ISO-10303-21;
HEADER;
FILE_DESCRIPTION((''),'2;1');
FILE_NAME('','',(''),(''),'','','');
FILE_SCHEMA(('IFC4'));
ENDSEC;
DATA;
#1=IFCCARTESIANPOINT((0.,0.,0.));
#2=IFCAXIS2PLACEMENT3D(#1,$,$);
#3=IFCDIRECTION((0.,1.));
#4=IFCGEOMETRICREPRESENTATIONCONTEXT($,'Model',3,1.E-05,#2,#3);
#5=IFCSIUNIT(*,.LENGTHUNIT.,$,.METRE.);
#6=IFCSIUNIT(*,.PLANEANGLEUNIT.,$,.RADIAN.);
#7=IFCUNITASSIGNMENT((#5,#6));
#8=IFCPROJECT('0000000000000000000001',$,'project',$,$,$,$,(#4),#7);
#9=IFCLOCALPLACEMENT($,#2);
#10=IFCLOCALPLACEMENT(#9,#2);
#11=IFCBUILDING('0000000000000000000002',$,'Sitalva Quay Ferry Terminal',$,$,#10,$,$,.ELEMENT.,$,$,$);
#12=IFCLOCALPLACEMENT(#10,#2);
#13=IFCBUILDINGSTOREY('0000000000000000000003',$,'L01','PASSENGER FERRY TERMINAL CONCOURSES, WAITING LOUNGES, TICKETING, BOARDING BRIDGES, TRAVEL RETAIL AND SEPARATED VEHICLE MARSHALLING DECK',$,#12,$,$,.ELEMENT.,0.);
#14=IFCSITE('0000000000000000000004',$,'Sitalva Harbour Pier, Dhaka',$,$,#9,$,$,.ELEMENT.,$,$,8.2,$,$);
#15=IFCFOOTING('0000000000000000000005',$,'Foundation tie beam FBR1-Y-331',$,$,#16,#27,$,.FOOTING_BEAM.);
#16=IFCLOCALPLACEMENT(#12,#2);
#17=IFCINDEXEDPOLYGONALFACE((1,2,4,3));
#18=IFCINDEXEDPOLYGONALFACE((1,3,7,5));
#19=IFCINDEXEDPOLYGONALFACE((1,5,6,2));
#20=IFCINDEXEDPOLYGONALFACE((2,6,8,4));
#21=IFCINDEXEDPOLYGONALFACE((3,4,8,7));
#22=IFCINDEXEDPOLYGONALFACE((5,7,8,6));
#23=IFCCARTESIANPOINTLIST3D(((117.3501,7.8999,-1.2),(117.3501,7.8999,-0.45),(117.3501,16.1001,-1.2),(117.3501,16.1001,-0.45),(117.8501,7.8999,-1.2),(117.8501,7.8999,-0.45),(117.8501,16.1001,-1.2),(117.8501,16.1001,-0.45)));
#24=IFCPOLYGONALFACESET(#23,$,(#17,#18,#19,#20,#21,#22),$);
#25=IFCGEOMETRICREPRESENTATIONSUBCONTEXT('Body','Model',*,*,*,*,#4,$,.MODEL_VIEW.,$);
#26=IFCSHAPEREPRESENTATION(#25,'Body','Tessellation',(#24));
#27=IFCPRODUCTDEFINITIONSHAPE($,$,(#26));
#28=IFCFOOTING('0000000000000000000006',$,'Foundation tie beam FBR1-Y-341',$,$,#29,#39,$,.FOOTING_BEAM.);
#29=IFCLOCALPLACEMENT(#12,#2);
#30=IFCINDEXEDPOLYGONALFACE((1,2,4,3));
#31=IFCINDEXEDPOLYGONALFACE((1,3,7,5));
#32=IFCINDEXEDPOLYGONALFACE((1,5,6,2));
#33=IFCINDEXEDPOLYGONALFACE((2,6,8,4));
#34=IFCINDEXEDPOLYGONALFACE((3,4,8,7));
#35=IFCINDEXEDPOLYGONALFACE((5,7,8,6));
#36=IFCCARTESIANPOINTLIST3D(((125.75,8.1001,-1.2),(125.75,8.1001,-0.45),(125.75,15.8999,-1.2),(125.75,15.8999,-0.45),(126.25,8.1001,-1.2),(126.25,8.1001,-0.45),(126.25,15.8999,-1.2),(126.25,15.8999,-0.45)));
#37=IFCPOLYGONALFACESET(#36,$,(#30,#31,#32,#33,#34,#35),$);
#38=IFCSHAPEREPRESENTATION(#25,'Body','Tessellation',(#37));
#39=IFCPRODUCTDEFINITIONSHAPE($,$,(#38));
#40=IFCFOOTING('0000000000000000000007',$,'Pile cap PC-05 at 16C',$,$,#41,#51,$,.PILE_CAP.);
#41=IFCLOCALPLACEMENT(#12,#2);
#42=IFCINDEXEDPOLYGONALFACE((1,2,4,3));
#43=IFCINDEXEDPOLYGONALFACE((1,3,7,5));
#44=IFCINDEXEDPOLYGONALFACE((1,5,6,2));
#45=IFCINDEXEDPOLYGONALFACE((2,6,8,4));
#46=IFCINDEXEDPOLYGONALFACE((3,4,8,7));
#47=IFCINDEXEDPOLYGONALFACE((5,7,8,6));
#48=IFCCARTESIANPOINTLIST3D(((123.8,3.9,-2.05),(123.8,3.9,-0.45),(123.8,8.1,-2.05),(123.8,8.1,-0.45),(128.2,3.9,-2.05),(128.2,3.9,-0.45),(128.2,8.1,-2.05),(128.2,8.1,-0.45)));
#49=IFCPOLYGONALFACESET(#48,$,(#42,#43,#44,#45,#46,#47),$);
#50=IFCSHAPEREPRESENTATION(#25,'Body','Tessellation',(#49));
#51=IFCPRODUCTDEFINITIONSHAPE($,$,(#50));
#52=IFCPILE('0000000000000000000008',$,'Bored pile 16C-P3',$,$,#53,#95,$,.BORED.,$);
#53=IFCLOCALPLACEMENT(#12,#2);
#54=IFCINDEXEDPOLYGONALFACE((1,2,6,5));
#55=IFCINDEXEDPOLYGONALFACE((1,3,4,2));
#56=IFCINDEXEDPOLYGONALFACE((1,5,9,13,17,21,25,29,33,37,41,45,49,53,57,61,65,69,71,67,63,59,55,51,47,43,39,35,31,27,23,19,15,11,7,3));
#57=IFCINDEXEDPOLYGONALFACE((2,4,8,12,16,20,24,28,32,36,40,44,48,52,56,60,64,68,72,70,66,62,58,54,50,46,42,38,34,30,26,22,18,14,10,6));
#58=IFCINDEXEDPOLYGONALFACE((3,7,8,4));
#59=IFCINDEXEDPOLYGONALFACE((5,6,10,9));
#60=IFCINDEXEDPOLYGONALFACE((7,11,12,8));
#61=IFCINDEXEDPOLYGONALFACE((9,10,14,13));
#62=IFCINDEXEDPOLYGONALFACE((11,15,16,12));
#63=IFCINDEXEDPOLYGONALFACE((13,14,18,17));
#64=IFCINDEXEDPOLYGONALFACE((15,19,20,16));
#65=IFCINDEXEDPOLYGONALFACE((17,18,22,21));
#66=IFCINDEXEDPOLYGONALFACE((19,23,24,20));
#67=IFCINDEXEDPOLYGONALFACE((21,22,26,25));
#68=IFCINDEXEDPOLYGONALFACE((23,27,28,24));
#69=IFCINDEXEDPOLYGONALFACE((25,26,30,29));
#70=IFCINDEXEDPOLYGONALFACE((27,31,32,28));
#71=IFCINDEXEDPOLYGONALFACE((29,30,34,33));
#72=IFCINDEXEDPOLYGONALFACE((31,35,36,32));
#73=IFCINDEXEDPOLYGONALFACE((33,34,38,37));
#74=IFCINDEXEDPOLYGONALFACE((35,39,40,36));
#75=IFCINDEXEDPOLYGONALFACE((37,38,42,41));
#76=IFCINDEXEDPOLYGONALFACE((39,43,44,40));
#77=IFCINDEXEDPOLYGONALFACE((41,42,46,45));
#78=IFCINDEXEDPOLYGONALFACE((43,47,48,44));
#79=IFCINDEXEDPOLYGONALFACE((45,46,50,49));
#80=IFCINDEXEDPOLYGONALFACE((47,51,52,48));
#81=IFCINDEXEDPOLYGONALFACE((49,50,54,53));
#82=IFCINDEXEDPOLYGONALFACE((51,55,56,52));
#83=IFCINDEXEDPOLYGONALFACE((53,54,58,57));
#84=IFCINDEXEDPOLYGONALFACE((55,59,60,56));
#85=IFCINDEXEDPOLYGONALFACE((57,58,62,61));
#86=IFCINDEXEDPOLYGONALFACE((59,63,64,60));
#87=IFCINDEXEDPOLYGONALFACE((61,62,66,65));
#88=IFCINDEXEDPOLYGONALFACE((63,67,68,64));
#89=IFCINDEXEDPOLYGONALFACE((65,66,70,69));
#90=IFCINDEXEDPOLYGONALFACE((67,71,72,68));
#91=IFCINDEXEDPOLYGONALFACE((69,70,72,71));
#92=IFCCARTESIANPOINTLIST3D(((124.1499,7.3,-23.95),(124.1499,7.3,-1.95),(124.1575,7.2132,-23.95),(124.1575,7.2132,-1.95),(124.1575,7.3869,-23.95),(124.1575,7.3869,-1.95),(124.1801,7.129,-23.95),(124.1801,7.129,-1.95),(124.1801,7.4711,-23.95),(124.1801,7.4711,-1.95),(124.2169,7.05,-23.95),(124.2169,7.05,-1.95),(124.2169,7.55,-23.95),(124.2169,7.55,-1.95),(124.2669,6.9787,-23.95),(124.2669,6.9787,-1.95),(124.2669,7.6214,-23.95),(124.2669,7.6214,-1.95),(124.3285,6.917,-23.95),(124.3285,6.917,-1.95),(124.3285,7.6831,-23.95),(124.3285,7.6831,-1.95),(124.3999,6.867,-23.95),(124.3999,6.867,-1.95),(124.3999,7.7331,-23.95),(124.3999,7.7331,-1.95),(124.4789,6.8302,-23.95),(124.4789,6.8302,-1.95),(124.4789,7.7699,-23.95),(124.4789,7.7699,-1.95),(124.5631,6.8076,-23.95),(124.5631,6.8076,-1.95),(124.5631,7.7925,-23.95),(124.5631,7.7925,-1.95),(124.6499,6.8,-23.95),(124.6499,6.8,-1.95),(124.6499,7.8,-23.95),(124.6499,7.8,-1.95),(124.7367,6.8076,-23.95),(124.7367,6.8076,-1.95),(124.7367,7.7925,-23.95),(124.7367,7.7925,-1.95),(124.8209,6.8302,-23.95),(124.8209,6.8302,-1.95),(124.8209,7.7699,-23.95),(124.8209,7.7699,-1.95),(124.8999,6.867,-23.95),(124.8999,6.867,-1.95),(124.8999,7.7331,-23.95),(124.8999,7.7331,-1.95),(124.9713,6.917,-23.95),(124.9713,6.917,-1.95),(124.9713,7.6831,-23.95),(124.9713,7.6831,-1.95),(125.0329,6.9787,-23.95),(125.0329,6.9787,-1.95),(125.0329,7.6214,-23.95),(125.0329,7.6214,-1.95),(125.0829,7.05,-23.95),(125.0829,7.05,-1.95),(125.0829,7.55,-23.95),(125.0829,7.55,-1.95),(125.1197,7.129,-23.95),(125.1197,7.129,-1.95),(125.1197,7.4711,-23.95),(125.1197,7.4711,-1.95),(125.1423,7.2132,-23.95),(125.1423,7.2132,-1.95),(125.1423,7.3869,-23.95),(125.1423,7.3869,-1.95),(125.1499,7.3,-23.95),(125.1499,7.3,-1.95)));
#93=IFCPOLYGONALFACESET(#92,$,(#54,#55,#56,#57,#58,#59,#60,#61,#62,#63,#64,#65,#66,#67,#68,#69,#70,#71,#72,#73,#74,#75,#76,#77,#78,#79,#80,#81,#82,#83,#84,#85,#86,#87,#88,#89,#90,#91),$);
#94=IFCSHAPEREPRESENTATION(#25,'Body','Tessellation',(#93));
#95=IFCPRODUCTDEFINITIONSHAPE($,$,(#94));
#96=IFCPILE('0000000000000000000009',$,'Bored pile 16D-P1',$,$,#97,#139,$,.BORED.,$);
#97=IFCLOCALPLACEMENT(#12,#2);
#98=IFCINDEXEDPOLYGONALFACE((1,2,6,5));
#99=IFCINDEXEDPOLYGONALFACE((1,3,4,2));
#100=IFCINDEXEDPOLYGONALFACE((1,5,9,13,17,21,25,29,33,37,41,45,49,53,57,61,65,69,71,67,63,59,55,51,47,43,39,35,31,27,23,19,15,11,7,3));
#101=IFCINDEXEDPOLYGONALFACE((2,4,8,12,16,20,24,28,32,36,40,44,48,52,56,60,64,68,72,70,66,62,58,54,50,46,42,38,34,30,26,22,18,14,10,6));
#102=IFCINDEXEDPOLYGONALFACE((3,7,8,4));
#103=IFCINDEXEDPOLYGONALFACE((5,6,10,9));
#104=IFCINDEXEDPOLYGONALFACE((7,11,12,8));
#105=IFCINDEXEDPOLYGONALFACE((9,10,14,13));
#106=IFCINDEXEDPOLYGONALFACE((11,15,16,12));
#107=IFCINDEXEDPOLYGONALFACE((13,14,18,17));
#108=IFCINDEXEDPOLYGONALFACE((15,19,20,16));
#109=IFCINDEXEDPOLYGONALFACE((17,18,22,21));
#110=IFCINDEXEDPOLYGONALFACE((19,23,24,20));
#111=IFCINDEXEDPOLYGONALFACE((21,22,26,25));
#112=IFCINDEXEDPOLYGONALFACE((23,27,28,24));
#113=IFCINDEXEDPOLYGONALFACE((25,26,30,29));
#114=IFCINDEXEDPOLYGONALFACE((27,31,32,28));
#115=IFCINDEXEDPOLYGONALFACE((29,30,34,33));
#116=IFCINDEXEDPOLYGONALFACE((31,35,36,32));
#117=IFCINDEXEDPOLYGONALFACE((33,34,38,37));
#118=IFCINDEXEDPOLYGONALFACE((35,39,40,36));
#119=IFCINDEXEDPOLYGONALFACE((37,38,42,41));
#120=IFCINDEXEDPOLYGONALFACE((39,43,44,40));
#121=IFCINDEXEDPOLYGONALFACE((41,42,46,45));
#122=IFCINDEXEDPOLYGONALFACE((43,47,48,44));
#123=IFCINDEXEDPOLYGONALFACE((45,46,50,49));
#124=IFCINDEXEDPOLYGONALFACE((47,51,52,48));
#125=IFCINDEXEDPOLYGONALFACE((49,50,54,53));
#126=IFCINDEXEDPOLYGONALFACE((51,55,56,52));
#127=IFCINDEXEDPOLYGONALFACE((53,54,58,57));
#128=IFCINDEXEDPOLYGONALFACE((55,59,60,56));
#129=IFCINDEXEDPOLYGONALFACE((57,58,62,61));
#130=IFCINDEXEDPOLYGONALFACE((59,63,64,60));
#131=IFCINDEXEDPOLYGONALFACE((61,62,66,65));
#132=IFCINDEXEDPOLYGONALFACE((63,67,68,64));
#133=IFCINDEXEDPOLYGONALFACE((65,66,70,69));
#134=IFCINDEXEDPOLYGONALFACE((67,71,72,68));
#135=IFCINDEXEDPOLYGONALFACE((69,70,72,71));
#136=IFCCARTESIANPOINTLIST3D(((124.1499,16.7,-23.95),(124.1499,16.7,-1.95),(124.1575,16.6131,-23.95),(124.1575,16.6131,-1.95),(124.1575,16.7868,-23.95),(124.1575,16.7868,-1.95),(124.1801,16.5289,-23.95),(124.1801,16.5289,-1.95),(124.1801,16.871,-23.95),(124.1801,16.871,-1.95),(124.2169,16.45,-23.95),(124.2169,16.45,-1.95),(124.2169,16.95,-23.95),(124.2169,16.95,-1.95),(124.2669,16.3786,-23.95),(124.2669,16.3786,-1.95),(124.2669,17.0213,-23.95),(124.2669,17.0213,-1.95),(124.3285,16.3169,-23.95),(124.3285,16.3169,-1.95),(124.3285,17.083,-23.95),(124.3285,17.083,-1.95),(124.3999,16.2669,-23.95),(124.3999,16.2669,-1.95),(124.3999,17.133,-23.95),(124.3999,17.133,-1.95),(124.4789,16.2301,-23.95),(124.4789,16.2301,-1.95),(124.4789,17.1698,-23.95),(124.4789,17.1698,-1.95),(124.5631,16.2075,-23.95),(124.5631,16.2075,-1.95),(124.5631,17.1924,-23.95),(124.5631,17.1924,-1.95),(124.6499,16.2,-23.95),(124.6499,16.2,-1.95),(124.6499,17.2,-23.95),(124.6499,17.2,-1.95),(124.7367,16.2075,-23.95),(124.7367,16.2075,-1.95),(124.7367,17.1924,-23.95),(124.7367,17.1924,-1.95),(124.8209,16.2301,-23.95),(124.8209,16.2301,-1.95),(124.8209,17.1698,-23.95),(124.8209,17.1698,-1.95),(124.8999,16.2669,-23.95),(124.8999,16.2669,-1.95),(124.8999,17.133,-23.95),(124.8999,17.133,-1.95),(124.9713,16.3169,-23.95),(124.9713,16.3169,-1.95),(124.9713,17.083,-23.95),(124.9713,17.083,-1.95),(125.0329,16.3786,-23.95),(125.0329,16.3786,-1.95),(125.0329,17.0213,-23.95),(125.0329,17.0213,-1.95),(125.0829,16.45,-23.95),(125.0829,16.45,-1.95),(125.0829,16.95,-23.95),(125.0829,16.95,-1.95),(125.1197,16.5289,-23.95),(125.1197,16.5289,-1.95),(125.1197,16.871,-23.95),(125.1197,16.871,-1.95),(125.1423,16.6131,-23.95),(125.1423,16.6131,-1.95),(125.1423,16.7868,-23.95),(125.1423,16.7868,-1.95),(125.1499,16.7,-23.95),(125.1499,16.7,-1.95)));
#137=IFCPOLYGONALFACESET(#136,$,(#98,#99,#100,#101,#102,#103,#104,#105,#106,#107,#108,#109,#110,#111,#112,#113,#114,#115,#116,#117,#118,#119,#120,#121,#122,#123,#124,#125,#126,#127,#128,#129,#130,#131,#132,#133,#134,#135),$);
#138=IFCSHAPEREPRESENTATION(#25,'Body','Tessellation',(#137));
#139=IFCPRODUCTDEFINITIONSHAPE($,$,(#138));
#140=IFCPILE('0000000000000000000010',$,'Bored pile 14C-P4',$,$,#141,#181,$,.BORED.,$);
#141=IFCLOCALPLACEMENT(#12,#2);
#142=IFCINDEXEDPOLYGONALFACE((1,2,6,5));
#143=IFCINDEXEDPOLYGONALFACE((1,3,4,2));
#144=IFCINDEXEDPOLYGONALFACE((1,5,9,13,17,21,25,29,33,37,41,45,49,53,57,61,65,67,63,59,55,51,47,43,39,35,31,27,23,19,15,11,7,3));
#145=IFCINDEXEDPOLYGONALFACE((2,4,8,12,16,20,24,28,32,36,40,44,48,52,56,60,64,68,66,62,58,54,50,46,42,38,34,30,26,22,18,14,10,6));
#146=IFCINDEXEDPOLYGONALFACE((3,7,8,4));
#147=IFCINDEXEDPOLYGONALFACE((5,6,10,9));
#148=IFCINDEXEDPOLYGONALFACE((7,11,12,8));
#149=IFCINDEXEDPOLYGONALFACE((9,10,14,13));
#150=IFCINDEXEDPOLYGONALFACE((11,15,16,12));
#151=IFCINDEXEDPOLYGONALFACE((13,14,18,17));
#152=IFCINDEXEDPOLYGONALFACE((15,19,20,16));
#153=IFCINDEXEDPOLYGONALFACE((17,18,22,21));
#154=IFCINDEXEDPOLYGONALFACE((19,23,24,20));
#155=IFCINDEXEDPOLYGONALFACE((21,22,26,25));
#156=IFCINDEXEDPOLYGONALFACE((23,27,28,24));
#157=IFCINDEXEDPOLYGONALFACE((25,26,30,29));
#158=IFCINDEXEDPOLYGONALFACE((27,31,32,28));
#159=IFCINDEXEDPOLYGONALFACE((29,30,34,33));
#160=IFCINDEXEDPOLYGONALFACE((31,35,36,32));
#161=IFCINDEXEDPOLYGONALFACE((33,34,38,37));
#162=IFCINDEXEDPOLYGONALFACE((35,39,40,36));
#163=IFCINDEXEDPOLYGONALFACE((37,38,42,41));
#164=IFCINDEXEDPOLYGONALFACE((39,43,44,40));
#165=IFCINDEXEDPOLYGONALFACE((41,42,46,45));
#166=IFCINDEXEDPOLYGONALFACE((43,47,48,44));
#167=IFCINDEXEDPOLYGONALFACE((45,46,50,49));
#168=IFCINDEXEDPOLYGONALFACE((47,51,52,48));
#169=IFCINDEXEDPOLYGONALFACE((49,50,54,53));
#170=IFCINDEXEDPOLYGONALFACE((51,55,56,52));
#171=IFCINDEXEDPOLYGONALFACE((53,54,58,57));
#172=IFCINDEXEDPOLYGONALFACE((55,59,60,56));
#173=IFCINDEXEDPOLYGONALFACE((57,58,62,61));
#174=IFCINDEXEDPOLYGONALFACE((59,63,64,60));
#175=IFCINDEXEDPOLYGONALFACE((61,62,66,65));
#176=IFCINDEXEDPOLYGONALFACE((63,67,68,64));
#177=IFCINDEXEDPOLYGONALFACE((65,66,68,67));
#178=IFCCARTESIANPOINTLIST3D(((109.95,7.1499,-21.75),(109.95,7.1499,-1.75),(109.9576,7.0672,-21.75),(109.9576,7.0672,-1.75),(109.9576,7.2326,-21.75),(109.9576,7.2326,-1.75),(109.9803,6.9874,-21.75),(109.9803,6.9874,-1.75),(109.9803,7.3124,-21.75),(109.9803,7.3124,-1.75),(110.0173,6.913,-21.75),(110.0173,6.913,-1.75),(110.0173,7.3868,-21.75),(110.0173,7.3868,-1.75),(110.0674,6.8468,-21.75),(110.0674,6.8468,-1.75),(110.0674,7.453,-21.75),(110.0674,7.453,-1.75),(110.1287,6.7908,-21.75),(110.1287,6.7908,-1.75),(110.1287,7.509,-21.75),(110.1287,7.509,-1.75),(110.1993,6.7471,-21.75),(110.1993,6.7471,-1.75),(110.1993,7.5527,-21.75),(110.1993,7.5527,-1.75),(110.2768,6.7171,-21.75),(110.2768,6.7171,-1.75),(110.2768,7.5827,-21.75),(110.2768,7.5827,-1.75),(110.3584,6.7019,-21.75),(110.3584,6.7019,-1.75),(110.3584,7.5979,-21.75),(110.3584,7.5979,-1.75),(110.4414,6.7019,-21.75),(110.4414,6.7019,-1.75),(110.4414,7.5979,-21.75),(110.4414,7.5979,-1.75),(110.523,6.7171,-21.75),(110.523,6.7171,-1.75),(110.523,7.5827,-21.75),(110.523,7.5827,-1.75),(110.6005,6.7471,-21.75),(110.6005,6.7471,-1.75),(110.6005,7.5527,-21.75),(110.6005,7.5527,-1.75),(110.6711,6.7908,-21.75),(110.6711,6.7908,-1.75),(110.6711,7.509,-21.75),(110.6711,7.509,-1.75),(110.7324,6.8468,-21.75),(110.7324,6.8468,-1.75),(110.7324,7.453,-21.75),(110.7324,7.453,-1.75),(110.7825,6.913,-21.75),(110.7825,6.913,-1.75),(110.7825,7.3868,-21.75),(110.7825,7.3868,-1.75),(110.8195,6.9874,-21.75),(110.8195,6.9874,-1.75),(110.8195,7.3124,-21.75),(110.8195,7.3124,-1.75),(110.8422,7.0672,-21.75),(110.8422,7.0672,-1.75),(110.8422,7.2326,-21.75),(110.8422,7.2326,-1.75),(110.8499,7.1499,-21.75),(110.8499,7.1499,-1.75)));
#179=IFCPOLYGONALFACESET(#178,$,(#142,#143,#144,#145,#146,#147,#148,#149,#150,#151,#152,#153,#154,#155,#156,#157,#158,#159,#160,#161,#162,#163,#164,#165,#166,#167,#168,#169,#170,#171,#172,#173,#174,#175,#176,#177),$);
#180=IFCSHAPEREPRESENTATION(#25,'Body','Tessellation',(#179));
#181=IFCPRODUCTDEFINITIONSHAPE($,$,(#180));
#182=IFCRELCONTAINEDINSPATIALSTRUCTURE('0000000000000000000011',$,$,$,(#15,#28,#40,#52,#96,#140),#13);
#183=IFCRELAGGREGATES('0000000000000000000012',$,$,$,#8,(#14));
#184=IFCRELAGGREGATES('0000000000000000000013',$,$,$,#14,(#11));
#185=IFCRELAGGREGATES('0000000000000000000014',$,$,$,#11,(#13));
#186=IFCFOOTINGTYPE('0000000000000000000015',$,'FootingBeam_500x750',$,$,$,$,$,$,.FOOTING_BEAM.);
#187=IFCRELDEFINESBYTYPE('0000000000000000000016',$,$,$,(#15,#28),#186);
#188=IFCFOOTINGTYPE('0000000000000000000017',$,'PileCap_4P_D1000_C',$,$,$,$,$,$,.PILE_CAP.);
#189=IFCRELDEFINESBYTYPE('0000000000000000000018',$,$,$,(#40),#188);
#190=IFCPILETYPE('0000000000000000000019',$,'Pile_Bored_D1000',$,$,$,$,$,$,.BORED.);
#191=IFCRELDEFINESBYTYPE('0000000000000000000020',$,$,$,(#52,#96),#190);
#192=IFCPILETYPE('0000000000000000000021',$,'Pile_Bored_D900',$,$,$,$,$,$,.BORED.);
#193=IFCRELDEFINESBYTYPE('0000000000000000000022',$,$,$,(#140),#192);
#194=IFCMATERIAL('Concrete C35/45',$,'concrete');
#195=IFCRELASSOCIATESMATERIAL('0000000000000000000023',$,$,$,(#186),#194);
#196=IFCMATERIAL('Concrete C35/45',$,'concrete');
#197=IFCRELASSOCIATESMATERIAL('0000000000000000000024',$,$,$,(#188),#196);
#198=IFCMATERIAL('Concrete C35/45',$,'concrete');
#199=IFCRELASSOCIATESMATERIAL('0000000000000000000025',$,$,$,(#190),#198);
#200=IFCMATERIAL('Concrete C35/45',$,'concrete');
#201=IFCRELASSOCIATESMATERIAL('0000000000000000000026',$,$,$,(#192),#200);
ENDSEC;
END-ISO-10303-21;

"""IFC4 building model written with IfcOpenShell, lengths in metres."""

from ifc_helpers import new_model, si_unit, direction, frame, origin, origin_2d, place, context, subcontext, project, spatial, rectangle, circle, extrude, material, material_profile, profile_set, type_object, element, save


model = new_model("IFC4")

# Units and contexts
model_context = context("Model", 3, precision=1e-05, world=origin(), true_north=direction((0.0, 1.0)))
body_context = subcontext(model_context, "Body", "Model", "MODEL_VIEW")
ifc_project = project(units=[si_unit("LENGTHUNIT", "METRE"), si_unit("PLANEANGLEUNIT", "RADIAN")], contexts=[model_context])

# Site, building, storey
site_placement = place(None, origin())
site = spatial("IfcSite", under=ifc_project, at=site_placement, Name="Sitalva Harbour Pier, Dhaka", CompositionType="ELEMENT", RefElevation=8.2)
building_placement = place(site_placement, origin())
building = spatial("IfcBuilding", under=site, at=building_placement, Name="Sitalva Quay Ferry Terminal", CompositionType="ELEMENT")
storey_placement = place(building_placement, origin())
storey = spatial("IfcBuildingStorey", under=building, at=storey_placement, Name="L01", Description="PASSENGER FERRY TERMINAL CONCOURSES, WAITING LOUNGES, TICKETING, BOARDING BRIDGES, TRAVEL RETAIL AND SEPARATED VEHICLE MARSHALLING DECK", CompositionType="ELEMENT", Elevation=0.0)

# Footings
ifc_material_1 = material(Name="Concrete C35/45", Category="concrete")
ifc_material_profile_1 = material_profile(ifc_material_1, rectangle(XDim=0.5, YDim=0.75, at=origin_2d()), Name="RC500x750")
ifc_profile_set_1 = profile_set([ifc_material_profile_1], Name="Concrete C35/45")
footing_type_1 = type_object("IfcFootingType", Name="FootingBeam_500x750", PredefinedType="FOOTING_BEAM", material=ifc_profile_set_1)
footing_1_placement = place(storey_placement, frame((117.6001, 7.8999, -0.825), z_axis=(0.0, 1.0, 0.0), x_axis=(-1.0, 0.0, 0.0)))
element("IfcFooting", 1, at=footing_1_placement, inside=storey, type_object=footing_type_1, Name="Foundation tie beam FBR1-Y-331", PredefinedType="FOOTING_BEAM", context=body_context, shape_type="SweptSolid", body=[
    extrude(rectangle(XDim=0.5, YDim=0.75, at=origin_2d()), origin(), (0.0, 0.0, 1.0), 8.2002),
])
footing_2_placement = place(storey_placement, frame((126.0, 8.1001, -0.825), z_axis=(0.0, 1.0, 0.0), x_axis=(-1.0, 0.0, 0.0)))
element("IfcFooting", 2, at=footing_2_placement, inside=storey, type_object=footing_type_1, Name="Foundation tie beam FBR1-Y-341", PredefinedType="FOOTING_BEAM", context=body_context, shape_type="SweptSolid", body=[
    extrude(rectangle(XDim=0.5, YDim=0.75, at=origin_2d()), origin(), (0.0, 0.0, 1.0), 7.7998),
])
ifc_material_2 = material(Name="Concrete C35/45", Category="concrete")
footing_type_2 = type_object("IfcFootingType", Name="PileCap_4P_D1000_C", PredefinedType="PILE_CAP", material=ifc_material_2)
footing_3_placement = place(storey_placement, frame((126.0, 6.0, -2.05), z_axis=(0.0, 0.0, 1.0), x_axis=(1.0, 0.0, 0.0)))
element("IfcFooting", 3, at=footing_3_placement, inside=storey, type_object=footing_type_2, Name="Pile cap PC-05 at 16C", PredefinedType="PILE_CAP", context=body_context, shape_type="SweptSolid", body=[
    extrude(rectangle(XDim=4.3999, YDim=4.2, at=origin_2d()), origin(), (0.0, 0.0, 1.0), 1.6001),
])

# Piles
ifc_material_3 = material(Name="Concrete C35/45", Category="concrete")
ifc_material_profile_2 = material_profile(ifc_material_3, circle(Radius=0.5, at=origin_2d()), Name="PILE-D1000")
ifc_profile_set_2 = profile_set([ifc_material_profile_2], Name="Concrete C35/45")
pile_type_1 = type_object("IfcPileType", Name="Pile_Bored_D1000", PredefinedType="BORED", material=ifc_profile_set_2)
for number, where, z_axis, x_axis, name in (
    (4, (124.6499, 7.3, -1.95), (0.0, 0.0, -1.0), (1.0, 0.0, 0.0), "Bored pile 16C-P3"),
    (5, (124.6499, 16.7, -1.95), (0.0, 0.0, -1.0), (1.0, 0.0, 0.0), "Bored pile 16D-P1"),
):
    element("IfcPile", number, at=place(storey_placement, frame(where, z_axis=z_axis, x_axis=x_axis)), inside=storey, type_object=pile_type_1, Name=name, PredefinedType="BORED", context=body_context, shape_type="SweptSolid", body=[
        extrude(circle(Radius=0.5, at=origin_2d()), origin(), (0.0, 0.0, 1.0), 22.0),
    ])
ifc_material_4 = material(Name="Concrete C35/45", Category="concrete")
ifc_material_profile_3 = material_profile(ifc_material_4, circle(Radius=0.45, at=origin_2d()), Name="PILE-D900")
ifc_profile_set_3 = profile_set([ifc_material_profile_3], Name="Concrete C35/45")
pile_type_2 = type_object("IfcPileType", Name="Pile_Bored_D900", PredefinedType="BORED", material=ifc_profile_set_3)
for number, where, z_axis, x_axis, name in (
    (6, (110.3999, 7.1499, -1.75), (0.0, 0.0, -1.0), (1.0, 0.0, 0.0), "Bored pile 14C-P4"),
):
    element("IfcPile", number, at=place(storey_placement, frame(where, z_axis=z_axis, x_axis=x_axis)), inside=storey, type_object=pile_type_2, Name=name, PredefinedType="BORED", context=body_context, shape_type="SweptSolid", body=[
        extrude(circle(Radius=0.45, at=origin_2d()), origin(), (0.0, 0.0, 1.0), 20.0),
    ])

save(model, "model.ifc")
